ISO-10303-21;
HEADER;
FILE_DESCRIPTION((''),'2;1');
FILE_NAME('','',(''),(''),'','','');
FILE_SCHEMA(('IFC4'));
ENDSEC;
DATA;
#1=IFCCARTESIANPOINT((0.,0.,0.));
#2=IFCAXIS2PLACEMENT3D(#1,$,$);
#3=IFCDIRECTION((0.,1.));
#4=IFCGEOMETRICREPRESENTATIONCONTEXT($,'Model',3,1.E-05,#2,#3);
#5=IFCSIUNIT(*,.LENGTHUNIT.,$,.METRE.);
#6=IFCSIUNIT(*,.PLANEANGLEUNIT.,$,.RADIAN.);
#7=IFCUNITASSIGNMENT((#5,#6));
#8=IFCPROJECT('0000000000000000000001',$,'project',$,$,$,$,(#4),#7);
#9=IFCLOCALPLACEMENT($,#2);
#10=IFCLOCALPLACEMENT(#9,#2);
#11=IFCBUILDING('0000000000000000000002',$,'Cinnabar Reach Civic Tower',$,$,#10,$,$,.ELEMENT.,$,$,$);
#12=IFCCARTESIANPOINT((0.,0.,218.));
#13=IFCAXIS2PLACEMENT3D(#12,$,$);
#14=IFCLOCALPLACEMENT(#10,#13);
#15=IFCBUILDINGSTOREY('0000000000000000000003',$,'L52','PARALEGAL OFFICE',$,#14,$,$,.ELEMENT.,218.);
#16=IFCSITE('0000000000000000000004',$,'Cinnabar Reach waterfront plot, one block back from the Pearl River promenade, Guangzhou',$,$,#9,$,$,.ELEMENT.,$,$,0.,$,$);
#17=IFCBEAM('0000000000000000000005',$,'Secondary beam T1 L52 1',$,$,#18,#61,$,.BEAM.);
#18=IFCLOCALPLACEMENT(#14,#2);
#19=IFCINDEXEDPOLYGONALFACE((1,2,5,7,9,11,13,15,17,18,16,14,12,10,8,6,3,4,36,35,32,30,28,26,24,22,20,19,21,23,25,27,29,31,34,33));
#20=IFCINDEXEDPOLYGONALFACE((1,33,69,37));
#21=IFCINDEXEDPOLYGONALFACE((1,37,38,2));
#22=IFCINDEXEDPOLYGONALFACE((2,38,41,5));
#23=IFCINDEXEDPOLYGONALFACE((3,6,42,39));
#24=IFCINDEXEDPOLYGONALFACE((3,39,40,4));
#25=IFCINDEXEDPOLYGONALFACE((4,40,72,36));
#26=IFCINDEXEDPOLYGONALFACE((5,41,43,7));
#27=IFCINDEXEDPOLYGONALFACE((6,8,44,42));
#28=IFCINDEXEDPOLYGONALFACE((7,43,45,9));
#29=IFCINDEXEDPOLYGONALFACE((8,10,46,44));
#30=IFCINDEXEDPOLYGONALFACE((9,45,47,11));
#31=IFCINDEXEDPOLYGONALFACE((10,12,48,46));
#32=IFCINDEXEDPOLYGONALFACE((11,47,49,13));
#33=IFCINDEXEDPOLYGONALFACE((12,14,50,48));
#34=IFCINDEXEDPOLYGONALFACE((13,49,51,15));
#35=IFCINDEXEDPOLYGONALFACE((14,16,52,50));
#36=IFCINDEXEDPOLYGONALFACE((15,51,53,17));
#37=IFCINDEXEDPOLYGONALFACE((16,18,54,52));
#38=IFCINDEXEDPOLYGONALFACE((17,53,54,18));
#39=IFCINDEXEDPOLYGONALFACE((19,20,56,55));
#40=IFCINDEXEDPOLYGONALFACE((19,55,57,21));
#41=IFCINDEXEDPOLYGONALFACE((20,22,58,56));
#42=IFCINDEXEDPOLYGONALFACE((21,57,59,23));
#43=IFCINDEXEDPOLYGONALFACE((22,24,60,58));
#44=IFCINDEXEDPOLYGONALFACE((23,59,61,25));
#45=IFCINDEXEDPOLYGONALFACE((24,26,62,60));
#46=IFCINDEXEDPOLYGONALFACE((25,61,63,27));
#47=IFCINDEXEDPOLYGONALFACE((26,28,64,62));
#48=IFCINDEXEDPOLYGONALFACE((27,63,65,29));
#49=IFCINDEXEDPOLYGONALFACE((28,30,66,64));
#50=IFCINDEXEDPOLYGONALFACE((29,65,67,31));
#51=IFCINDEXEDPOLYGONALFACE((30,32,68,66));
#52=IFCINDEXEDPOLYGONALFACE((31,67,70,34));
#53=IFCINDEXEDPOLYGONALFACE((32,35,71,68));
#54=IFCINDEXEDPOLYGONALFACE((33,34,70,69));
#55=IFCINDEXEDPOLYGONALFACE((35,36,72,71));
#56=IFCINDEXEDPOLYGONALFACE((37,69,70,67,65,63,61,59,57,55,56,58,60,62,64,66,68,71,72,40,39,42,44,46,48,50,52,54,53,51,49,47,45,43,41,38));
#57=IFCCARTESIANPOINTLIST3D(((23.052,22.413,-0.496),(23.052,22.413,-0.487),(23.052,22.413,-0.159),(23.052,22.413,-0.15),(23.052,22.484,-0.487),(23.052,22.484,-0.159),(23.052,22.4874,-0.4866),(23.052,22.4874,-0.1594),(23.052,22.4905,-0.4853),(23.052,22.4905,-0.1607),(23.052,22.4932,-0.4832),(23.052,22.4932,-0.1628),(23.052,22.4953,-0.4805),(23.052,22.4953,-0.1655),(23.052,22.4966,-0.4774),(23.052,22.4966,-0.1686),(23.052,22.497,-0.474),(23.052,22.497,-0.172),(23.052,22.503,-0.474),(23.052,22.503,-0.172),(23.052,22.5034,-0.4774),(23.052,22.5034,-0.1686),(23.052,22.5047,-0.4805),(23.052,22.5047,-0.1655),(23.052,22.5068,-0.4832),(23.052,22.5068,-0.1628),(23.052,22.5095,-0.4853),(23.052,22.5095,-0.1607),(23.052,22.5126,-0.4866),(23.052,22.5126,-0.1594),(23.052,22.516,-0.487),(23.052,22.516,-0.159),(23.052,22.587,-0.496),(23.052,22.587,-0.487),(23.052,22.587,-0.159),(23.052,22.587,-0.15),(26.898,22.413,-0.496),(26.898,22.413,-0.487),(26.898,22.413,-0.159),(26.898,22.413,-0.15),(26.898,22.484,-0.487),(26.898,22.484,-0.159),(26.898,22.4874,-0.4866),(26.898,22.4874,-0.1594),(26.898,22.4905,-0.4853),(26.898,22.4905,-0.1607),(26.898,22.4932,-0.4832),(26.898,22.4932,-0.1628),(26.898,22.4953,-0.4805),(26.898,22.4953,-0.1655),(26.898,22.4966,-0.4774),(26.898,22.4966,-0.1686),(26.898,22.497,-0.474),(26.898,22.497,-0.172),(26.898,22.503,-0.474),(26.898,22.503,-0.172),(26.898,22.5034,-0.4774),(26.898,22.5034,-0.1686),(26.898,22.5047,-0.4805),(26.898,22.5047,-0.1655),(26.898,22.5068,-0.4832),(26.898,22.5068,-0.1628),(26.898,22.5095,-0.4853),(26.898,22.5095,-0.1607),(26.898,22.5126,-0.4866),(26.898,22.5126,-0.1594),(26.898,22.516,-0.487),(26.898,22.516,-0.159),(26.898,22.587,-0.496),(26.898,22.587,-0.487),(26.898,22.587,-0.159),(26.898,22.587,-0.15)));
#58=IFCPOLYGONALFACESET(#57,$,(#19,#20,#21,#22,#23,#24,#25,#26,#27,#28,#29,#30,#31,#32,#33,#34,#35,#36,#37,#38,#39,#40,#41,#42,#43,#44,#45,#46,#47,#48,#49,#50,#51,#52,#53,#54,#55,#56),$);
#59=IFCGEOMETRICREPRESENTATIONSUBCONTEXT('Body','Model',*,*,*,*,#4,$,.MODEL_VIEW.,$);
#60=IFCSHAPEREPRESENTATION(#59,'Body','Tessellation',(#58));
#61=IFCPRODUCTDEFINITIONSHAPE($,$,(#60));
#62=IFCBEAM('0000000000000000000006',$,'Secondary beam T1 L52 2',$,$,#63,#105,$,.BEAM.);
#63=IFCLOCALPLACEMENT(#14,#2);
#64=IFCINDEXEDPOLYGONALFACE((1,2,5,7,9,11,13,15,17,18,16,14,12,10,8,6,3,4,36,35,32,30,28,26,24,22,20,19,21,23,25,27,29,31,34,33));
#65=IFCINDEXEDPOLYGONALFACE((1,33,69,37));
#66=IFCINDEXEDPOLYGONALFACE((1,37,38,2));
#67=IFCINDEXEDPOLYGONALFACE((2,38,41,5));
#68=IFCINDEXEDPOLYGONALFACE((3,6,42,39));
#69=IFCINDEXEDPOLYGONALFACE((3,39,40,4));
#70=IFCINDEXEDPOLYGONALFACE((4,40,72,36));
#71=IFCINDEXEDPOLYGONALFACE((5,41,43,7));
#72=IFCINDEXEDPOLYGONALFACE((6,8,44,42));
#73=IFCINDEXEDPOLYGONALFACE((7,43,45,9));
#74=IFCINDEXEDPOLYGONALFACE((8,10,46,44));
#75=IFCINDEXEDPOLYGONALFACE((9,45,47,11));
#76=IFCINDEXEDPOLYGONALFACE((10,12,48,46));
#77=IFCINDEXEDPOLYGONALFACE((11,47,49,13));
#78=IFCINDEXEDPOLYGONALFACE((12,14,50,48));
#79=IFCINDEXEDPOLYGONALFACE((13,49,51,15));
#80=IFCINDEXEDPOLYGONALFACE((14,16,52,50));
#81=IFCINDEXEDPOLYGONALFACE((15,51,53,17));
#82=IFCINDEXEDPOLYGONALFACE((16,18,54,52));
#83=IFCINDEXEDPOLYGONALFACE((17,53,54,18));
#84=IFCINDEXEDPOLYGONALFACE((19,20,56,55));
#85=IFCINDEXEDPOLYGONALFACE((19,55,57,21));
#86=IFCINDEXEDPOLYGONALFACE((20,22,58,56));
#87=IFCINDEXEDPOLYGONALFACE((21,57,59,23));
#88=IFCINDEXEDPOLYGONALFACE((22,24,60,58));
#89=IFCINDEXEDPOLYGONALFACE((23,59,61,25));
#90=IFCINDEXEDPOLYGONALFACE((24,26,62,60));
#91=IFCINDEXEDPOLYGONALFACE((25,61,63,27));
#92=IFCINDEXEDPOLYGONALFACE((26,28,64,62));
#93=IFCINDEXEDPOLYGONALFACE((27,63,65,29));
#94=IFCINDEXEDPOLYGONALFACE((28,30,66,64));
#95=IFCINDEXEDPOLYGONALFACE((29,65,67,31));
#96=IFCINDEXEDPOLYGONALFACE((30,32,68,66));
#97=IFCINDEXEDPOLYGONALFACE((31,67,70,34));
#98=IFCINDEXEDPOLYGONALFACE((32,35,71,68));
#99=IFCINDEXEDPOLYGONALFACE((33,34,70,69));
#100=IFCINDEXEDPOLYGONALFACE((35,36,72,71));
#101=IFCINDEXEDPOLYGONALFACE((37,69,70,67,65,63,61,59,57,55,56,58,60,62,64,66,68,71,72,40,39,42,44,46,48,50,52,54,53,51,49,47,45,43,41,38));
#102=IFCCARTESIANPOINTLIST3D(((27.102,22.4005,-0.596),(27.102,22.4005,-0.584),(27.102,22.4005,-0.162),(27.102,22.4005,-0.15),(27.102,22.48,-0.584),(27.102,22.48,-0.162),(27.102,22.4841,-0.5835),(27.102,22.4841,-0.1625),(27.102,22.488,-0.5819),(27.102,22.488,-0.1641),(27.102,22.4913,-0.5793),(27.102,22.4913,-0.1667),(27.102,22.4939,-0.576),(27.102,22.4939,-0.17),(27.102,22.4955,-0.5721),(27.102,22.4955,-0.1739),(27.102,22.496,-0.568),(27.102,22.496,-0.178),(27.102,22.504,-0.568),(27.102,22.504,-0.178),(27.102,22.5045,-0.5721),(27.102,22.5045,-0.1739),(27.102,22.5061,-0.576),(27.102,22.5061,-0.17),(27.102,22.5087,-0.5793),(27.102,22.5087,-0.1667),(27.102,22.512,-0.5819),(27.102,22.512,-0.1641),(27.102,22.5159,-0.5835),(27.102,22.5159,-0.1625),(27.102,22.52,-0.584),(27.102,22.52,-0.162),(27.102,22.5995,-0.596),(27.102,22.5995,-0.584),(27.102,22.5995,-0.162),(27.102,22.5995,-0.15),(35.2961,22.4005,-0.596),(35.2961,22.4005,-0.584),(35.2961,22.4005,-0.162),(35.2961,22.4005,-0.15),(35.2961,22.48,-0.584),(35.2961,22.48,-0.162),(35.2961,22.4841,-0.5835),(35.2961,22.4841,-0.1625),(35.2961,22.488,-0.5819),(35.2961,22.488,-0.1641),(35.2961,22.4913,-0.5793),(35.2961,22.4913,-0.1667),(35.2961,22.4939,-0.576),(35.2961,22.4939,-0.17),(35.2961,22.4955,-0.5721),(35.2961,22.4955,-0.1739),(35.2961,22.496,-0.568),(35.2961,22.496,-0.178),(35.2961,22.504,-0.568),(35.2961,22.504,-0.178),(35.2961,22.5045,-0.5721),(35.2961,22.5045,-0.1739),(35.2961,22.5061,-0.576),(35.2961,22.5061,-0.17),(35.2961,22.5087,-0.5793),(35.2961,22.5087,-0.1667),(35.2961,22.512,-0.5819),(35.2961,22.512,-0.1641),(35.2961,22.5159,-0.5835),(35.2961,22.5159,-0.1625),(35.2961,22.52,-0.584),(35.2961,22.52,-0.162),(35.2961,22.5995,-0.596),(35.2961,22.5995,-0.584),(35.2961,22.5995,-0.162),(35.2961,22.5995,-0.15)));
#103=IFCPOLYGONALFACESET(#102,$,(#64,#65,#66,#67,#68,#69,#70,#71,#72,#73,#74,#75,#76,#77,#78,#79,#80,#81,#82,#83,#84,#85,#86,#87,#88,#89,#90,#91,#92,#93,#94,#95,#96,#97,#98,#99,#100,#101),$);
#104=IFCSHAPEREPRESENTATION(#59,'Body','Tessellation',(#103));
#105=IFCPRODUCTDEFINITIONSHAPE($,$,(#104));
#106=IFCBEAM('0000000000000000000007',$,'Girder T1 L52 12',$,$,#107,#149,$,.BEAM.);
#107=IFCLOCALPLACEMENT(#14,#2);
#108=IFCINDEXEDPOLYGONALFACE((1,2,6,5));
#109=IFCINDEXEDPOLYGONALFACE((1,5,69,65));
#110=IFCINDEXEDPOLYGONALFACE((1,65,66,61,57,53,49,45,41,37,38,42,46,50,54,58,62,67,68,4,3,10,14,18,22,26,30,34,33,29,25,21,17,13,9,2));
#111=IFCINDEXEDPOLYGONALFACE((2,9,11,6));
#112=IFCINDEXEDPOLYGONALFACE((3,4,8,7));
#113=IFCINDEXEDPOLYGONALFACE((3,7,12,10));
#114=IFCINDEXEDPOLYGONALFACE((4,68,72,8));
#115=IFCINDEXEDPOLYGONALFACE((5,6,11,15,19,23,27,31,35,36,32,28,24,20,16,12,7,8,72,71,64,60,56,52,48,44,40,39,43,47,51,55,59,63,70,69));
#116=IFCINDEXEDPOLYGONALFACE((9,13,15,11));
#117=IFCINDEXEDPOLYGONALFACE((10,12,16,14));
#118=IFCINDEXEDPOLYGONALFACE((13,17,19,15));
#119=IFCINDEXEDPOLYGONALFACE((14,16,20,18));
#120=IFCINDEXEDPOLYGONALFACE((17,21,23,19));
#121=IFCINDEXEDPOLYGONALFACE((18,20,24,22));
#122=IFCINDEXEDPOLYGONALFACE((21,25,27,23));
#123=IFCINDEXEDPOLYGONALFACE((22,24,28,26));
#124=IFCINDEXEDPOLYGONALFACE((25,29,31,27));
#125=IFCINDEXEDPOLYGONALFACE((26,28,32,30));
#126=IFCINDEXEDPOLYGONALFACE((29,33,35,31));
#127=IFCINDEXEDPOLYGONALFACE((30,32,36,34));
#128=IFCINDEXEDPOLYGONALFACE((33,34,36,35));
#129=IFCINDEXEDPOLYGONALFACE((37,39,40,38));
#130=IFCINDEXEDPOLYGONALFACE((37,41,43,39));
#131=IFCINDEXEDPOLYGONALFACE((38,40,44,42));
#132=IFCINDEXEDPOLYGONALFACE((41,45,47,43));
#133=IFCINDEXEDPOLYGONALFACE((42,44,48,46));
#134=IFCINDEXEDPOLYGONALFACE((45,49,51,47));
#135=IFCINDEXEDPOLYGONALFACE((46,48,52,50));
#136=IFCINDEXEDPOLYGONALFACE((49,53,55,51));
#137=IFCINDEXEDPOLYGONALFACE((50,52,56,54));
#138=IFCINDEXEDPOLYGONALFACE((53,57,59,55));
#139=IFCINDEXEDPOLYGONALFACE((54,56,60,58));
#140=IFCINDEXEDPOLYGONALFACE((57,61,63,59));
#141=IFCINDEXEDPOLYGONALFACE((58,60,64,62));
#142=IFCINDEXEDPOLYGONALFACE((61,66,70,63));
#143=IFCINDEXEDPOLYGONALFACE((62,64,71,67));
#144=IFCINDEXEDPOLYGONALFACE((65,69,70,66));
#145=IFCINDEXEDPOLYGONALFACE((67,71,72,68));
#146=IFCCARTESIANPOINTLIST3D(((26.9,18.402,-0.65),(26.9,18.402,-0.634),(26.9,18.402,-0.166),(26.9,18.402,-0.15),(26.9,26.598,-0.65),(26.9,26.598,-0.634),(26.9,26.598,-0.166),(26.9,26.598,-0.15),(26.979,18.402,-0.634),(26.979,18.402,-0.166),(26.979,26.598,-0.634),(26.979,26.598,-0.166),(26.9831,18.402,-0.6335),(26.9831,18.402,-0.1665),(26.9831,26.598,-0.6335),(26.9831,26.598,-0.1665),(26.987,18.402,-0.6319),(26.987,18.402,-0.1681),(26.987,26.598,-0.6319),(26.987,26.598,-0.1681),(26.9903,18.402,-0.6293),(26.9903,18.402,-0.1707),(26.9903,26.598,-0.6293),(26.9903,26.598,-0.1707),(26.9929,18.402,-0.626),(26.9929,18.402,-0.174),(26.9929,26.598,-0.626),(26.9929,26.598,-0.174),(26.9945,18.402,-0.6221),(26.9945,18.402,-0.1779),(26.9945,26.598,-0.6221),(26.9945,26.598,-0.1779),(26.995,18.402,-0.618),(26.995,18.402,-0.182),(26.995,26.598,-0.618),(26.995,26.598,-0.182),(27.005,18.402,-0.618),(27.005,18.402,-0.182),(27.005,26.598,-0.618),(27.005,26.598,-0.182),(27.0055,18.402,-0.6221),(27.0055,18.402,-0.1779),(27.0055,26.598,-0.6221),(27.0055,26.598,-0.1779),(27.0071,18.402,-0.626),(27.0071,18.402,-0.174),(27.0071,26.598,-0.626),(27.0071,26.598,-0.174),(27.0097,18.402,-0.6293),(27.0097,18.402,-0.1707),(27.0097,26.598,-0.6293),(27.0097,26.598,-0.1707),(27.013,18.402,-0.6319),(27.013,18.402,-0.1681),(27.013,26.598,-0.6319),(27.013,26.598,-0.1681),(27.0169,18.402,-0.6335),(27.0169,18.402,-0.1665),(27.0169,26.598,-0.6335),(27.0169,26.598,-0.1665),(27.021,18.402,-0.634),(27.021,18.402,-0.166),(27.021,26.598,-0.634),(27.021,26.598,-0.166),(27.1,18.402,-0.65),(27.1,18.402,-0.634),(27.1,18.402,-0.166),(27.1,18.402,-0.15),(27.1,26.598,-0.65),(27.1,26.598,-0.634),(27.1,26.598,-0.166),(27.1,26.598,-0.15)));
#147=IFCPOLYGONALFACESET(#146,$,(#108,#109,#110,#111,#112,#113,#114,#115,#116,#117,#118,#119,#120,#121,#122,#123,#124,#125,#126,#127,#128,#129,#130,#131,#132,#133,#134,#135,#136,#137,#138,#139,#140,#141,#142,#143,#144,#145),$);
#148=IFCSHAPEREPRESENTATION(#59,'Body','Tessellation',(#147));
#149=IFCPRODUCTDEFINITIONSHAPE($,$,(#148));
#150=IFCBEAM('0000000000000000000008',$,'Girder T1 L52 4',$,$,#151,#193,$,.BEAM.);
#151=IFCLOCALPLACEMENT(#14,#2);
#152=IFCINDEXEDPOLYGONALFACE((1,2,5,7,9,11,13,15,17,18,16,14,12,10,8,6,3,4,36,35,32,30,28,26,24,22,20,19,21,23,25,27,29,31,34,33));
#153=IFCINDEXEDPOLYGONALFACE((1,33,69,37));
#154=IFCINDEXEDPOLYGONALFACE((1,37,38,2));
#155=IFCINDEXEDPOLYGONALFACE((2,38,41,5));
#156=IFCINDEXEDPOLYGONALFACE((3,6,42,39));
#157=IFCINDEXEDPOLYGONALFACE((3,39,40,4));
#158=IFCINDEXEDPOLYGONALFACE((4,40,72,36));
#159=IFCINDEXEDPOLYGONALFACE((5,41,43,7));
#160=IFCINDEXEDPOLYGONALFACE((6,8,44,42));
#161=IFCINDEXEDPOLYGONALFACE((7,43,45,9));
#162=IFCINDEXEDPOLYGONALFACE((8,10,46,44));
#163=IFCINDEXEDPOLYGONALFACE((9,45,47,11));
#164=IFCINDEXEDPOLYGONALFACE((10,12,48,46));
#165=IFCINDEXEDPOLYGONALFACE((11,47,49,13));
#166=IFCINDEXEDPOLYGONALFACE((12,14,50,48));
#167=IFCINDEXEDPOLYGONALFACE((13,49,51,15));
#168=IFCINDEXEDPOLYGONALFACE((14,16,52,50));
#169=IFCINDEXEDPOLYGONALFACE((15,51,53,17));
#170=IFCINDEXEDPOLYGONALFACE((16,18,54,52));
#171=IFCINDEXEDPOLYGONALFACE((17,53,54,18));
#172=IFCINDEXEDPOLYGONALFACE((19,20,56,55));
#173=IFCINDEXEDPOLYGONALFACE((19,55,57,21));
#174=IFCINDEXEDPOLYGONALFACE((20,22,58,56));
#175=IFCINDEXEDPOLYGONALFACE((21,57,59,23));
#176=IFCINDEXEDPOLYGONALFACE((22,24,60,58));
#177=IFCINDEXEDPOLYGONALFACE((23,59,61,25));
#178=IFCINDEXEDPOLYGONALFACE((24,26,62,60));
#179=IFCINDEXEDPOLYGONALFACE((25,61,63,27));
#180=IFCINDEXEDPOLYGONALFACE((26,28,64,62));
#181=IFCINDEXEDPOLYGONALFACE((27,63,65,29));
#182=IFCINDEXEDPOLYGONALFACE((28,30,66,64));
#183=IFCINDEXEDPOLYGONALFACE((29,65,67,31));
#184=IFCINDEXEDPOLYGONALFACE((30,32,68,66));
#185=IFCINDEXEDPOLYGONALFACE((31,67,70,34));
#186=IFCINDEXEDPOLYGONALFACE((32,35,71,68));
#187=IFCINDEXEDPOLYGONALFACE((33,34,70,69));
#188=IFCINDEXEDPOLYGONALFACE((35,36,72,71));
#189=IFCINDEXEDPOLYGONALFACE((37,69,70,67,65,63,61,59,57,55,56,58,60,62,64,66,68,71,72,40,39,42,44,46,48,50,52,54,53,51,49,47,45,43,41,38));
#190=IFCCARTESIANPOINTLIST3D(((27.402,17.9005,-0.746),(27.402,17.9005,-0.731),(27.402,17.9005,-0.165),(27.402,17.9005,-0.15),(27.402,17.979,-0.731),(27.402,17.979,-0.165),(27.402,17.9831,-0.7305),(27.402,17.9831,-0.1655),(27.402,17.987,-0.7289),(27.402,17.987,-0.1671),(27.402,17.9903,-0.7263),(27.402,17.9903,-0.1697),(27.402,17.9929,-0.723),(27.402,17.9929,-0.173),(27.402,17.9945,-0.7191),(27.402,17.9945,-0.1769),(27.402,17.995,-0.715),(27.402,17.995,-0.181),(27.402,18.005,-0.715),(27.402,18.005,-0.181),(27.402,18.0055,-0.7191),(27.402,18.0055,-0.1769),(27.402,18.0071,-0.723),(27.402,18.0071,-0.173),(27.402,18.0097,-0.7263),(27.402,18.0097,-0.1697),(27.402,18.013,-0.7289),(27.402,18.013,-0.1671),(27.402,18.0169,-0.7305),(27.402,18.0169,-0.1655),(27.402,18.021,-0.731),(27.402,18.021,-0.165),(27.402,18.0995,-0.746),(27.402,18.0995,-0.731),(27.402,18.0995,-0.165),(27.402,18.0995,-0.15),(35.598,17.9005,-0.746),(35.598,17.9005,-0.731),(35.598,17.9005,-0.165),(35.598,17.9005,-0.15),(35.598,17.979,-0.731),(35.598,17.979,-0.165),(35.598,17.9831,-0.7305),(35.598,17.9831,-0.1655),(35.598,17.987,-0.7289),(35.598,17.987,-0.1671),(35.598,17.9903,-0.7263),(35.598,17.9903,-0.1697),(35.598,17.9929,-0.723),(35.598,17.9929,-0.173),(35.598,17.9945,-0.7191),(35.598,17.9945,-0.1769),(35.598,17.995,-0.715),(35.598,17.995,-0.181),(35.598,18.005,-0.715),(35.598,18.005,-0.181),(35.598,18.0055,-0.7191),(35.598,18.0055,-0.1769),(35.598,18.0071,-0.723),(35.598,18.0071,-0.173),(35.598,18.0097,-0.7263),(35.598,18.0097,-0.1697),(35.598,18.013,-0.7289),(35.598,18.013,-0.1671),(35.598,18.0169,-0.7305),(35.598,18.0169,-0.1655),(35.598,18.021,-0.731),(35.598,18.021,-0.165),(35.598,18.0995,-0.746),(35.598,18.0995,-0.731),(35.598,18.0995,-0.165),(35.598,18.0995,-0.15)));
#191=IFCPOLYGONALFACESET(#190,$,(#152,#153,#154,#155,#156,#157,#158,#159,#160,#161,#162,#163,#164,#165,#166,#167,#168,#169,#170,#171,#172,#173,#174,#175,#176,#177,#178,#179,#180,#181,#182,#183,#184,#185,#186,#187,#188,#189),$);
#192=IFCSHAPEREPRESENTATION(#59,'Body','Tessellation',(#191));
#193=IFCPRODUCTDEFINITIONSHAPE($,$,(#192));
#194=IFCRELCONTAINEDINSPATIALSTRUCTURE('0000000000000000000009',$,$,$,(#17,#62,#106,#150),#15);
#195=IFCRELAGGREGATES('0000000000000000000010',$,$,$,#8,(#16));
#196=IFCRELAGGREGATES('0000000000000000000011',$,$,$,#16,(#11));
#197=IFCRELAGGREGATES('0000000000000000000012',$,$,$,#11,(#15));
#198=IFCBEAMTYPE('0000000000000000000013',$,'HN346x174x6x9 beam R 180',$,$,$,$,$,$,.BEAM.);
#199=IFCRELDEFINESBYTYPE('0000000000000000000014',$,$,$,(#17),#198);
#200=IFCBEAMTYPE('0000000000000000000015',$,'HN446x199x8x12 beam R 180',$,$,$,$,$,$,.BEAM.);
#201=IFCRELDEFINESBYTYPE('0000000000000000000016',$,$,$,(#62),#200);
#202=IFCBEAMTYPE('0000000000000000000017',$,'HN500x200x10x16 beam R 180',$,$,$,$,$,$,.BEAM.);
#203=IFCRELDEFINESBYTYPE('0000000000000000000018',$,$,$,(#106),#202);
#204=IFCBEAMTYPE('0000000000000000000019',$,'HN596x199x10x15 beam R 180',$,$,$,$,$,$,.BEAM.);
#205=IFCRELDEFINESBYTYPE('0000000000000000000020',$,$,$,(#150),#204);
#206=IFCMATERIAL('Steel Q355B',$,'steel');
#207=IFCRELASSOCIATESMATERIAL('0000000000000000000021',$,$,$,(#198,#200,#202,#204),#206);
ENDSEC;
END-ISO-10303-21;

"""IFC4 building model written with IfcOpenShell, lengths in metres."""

from ifc_helpers import new_model, si_unit, direction, frame, origin, origin_2d, place, context, subcontext, project, spatial, i_section, extrude, material, material_profile, profile_set, type_object, element, save


model = new_model("IFC4")

# Units and contexts
model_context = context("Model", 3, precision=1e-05, world=origin(), true_north=direction((0.0, 1.0)))
body_context = subcontext(model_context, "Body", "Model", "MODEL_VIEW")
ifc_project = project(units=[si_unit("LENGTHUNIT", "METRE"), si_unit("PLANEANGLEUNIT", "RADIAN")], contexts=[model_context])

# Site, building, storey
site_placement = place(None, origin())
site = spatial("IfcSite", under=ifc_project, at=site_placement, Name="Cinnabar Reach waterfront plot, one block back from the Pearl River promenade, Guangzhou", CompositionType="ELEMENT", RefElevation=0.0)
building_placement = place(site_placement, origin())
building = spatial("IfcBuilding", under=site, at=building_placement, Name="Cinnabar Reach Civic Tower", CompositionType="ELEMENT")
storey_placement = place(building_placement, frame((0.0, 0.0, 218.0)))
storey = spatial("IfcBuildingStorey", under=building, at=storey_placement, Name="L52", Description="PARALEGAL OFFICE", CompositionType="ELEMENT", Elevation=218.0)

# Beams
ifc_material_1 = material(Name="Steel Q355B", Category="steel")
ifc_material_profile_1 = material_profile(ifc_material_1, i_section(OverallWidth=0.174, OverallDepth=0.346, WebThickness=0.006, FlangeThickness=0.009, FilletRadius=0.013, at=origin_2d()), Name="HN346x174x6x9")
ifc_profile_set_1 = profile_set([ifc_material_profile_1], Name="Steel Q355B")
beam_type_1 = type_object("IfcBeamType", Name="HN346x174x6x9 beam R 180", PredefinedType="BEAM", material=ifc_profile_set_1)
beam_1_placement = place(storey_placement, frame((23.052, 22.5, -0.323), z_axis=(1.0, 0.0, 0.0), x_axis=(0.0, 1.0, 0.0)))
element("IfcBeam", 1, at=beam_1_placement, inside=storey, type_object=beam_type_1, Name="Secondary beam T1 L52 1", PredefinedType="BEAM", context=body_context, shape_type="SweptSolid", body=[
    extrude(i_section(OverallWidth=0.174, OverallDepth=0.346, WebThickness=0.006, FlangeThickness=0.009, FilletRadius=0.013, at=origin_2d()), origin(), (0.0, 0.0, 1.0), 3.846),
])
ifc_material_profile_2 = material_profile(ifc_material_1, i_section(OverallWidth=0.199, OverallDepth=0.446, WebThickness=0.008, FlangeThickness=0.012, FilletRadius=0.016, at=origin_2d()), Name="HN446x199x8x12")
ifc_profile_set_2 = profile_set([ifc_material_profile_2], Name="Steel Q355B")
beam_type_2 = type_object("IfcBeamType", Name="HN446x199x8x12 beam R 180", PredefinedType="BEAM", material=ifc_profile_set_2)
beam_2_placement = place(storey_placement, frame((27.102, 22.5, -0.373), z_axis=(1.0, 0.0, 0.0), x_axis=(0.0, 1.0, 0.0)))
element("IfcBeam", 2, at=beam_2_placement, inside=storey, type_object=beam_type_2, Name="Secondary beam T1 L52 2", PredefinedType="BEAM", context=body_context, shape_type="SweptSolid", body=[
    extrude(i_section(OverallWidth=0.199, OverallDepth=0.446, WebThickness=0.008, FlangeThickness=0.012, FilletRadius=0.016, at=origin_2d()), origin(), (0.0, 0.0, 1.0), 8.1941),
])
ifc_material_profile_3 = material_profile(ifc_material_1, i_section(OverallWidth=0.2, OverallDepth=0.5, WebThickness=0.01, FlangeThickness=0.016, FilletRadius=0.016, at=origin_2d()), Name="HN500x200x10x16")
ifc_profile_set_3 = profile_set([ifc_material_profile_3], Name="Steel Q355B")
beam_type_3 = type_object("IfcBeamType", Name="HN500x200x10x16 beam R 180", PredefinedType="BEAM", material=ifc_profile_set_3)
beam_3_placement = place(storey_placement, frame((27.0, 18.402, -0.4), z_axis=(0.0, 1.0, 0.0), x_axis=(-1.0, 0.0, 0.0)))
element("IfcBeam", 3, at=beam_3_placement, inside=storey, type_object=beam_type_3, Name="Girder T1 L52 12", PredefinedType="BEAM", context=body_context, shape_type="SweptSolid", body=[
    extrude(i_section(OverallWidth=0.2, OverallDepth=0.5, WebThickness=0.01, FlangeThickness=0.016, FilletRadius=0.016, at=origin_2d()), origin(), (0.0, 0.0, 1.0), 8.196),
])
ifc_material_profile_4 = material_profile(ifc_material_1, i_section(OverallWidth=0.199, OverallDepth=0.596, WebThickness=0.01, FlangeThickness=0.015, FilletRadius=0.016, at=origin_2d()), Name="HN596x199x10x15")
ifc_profile_set_4 = profile_set([ifc_material_profile_4], Name="Steel Q355B")
beam_type_4 = type_object("IfcBeamType", Name="HN596x199x10x15 beam R 180", PredefinedType="BEAM", material=ifc_profile_set_4)
beam_4_placement = place(storey_placement, frame((27.402, 18.0, -0.448), z_axis=(1.0, 0.0, 0.0), x_axis=(0.0, 1.0, 0.0)))
element("IfcBeam", 4, at=beam_4_placement, inside=storey, type_object=beam_type_4, Name="Girder T1 L52 4", PredefinedType="BEAM", context=body_context, shape_type="SweptSolid", body=[
    extrude(i_section(OverallWidth=0.199, OverallDepth=0.596, WebThickness=0.01, FlangeThickness=0.015, FilletRadius=0.016, at=origin_2d()), origin(), (0.0, 0.0, 1.0), 8.196),
])

save(model, "model.ifc")
